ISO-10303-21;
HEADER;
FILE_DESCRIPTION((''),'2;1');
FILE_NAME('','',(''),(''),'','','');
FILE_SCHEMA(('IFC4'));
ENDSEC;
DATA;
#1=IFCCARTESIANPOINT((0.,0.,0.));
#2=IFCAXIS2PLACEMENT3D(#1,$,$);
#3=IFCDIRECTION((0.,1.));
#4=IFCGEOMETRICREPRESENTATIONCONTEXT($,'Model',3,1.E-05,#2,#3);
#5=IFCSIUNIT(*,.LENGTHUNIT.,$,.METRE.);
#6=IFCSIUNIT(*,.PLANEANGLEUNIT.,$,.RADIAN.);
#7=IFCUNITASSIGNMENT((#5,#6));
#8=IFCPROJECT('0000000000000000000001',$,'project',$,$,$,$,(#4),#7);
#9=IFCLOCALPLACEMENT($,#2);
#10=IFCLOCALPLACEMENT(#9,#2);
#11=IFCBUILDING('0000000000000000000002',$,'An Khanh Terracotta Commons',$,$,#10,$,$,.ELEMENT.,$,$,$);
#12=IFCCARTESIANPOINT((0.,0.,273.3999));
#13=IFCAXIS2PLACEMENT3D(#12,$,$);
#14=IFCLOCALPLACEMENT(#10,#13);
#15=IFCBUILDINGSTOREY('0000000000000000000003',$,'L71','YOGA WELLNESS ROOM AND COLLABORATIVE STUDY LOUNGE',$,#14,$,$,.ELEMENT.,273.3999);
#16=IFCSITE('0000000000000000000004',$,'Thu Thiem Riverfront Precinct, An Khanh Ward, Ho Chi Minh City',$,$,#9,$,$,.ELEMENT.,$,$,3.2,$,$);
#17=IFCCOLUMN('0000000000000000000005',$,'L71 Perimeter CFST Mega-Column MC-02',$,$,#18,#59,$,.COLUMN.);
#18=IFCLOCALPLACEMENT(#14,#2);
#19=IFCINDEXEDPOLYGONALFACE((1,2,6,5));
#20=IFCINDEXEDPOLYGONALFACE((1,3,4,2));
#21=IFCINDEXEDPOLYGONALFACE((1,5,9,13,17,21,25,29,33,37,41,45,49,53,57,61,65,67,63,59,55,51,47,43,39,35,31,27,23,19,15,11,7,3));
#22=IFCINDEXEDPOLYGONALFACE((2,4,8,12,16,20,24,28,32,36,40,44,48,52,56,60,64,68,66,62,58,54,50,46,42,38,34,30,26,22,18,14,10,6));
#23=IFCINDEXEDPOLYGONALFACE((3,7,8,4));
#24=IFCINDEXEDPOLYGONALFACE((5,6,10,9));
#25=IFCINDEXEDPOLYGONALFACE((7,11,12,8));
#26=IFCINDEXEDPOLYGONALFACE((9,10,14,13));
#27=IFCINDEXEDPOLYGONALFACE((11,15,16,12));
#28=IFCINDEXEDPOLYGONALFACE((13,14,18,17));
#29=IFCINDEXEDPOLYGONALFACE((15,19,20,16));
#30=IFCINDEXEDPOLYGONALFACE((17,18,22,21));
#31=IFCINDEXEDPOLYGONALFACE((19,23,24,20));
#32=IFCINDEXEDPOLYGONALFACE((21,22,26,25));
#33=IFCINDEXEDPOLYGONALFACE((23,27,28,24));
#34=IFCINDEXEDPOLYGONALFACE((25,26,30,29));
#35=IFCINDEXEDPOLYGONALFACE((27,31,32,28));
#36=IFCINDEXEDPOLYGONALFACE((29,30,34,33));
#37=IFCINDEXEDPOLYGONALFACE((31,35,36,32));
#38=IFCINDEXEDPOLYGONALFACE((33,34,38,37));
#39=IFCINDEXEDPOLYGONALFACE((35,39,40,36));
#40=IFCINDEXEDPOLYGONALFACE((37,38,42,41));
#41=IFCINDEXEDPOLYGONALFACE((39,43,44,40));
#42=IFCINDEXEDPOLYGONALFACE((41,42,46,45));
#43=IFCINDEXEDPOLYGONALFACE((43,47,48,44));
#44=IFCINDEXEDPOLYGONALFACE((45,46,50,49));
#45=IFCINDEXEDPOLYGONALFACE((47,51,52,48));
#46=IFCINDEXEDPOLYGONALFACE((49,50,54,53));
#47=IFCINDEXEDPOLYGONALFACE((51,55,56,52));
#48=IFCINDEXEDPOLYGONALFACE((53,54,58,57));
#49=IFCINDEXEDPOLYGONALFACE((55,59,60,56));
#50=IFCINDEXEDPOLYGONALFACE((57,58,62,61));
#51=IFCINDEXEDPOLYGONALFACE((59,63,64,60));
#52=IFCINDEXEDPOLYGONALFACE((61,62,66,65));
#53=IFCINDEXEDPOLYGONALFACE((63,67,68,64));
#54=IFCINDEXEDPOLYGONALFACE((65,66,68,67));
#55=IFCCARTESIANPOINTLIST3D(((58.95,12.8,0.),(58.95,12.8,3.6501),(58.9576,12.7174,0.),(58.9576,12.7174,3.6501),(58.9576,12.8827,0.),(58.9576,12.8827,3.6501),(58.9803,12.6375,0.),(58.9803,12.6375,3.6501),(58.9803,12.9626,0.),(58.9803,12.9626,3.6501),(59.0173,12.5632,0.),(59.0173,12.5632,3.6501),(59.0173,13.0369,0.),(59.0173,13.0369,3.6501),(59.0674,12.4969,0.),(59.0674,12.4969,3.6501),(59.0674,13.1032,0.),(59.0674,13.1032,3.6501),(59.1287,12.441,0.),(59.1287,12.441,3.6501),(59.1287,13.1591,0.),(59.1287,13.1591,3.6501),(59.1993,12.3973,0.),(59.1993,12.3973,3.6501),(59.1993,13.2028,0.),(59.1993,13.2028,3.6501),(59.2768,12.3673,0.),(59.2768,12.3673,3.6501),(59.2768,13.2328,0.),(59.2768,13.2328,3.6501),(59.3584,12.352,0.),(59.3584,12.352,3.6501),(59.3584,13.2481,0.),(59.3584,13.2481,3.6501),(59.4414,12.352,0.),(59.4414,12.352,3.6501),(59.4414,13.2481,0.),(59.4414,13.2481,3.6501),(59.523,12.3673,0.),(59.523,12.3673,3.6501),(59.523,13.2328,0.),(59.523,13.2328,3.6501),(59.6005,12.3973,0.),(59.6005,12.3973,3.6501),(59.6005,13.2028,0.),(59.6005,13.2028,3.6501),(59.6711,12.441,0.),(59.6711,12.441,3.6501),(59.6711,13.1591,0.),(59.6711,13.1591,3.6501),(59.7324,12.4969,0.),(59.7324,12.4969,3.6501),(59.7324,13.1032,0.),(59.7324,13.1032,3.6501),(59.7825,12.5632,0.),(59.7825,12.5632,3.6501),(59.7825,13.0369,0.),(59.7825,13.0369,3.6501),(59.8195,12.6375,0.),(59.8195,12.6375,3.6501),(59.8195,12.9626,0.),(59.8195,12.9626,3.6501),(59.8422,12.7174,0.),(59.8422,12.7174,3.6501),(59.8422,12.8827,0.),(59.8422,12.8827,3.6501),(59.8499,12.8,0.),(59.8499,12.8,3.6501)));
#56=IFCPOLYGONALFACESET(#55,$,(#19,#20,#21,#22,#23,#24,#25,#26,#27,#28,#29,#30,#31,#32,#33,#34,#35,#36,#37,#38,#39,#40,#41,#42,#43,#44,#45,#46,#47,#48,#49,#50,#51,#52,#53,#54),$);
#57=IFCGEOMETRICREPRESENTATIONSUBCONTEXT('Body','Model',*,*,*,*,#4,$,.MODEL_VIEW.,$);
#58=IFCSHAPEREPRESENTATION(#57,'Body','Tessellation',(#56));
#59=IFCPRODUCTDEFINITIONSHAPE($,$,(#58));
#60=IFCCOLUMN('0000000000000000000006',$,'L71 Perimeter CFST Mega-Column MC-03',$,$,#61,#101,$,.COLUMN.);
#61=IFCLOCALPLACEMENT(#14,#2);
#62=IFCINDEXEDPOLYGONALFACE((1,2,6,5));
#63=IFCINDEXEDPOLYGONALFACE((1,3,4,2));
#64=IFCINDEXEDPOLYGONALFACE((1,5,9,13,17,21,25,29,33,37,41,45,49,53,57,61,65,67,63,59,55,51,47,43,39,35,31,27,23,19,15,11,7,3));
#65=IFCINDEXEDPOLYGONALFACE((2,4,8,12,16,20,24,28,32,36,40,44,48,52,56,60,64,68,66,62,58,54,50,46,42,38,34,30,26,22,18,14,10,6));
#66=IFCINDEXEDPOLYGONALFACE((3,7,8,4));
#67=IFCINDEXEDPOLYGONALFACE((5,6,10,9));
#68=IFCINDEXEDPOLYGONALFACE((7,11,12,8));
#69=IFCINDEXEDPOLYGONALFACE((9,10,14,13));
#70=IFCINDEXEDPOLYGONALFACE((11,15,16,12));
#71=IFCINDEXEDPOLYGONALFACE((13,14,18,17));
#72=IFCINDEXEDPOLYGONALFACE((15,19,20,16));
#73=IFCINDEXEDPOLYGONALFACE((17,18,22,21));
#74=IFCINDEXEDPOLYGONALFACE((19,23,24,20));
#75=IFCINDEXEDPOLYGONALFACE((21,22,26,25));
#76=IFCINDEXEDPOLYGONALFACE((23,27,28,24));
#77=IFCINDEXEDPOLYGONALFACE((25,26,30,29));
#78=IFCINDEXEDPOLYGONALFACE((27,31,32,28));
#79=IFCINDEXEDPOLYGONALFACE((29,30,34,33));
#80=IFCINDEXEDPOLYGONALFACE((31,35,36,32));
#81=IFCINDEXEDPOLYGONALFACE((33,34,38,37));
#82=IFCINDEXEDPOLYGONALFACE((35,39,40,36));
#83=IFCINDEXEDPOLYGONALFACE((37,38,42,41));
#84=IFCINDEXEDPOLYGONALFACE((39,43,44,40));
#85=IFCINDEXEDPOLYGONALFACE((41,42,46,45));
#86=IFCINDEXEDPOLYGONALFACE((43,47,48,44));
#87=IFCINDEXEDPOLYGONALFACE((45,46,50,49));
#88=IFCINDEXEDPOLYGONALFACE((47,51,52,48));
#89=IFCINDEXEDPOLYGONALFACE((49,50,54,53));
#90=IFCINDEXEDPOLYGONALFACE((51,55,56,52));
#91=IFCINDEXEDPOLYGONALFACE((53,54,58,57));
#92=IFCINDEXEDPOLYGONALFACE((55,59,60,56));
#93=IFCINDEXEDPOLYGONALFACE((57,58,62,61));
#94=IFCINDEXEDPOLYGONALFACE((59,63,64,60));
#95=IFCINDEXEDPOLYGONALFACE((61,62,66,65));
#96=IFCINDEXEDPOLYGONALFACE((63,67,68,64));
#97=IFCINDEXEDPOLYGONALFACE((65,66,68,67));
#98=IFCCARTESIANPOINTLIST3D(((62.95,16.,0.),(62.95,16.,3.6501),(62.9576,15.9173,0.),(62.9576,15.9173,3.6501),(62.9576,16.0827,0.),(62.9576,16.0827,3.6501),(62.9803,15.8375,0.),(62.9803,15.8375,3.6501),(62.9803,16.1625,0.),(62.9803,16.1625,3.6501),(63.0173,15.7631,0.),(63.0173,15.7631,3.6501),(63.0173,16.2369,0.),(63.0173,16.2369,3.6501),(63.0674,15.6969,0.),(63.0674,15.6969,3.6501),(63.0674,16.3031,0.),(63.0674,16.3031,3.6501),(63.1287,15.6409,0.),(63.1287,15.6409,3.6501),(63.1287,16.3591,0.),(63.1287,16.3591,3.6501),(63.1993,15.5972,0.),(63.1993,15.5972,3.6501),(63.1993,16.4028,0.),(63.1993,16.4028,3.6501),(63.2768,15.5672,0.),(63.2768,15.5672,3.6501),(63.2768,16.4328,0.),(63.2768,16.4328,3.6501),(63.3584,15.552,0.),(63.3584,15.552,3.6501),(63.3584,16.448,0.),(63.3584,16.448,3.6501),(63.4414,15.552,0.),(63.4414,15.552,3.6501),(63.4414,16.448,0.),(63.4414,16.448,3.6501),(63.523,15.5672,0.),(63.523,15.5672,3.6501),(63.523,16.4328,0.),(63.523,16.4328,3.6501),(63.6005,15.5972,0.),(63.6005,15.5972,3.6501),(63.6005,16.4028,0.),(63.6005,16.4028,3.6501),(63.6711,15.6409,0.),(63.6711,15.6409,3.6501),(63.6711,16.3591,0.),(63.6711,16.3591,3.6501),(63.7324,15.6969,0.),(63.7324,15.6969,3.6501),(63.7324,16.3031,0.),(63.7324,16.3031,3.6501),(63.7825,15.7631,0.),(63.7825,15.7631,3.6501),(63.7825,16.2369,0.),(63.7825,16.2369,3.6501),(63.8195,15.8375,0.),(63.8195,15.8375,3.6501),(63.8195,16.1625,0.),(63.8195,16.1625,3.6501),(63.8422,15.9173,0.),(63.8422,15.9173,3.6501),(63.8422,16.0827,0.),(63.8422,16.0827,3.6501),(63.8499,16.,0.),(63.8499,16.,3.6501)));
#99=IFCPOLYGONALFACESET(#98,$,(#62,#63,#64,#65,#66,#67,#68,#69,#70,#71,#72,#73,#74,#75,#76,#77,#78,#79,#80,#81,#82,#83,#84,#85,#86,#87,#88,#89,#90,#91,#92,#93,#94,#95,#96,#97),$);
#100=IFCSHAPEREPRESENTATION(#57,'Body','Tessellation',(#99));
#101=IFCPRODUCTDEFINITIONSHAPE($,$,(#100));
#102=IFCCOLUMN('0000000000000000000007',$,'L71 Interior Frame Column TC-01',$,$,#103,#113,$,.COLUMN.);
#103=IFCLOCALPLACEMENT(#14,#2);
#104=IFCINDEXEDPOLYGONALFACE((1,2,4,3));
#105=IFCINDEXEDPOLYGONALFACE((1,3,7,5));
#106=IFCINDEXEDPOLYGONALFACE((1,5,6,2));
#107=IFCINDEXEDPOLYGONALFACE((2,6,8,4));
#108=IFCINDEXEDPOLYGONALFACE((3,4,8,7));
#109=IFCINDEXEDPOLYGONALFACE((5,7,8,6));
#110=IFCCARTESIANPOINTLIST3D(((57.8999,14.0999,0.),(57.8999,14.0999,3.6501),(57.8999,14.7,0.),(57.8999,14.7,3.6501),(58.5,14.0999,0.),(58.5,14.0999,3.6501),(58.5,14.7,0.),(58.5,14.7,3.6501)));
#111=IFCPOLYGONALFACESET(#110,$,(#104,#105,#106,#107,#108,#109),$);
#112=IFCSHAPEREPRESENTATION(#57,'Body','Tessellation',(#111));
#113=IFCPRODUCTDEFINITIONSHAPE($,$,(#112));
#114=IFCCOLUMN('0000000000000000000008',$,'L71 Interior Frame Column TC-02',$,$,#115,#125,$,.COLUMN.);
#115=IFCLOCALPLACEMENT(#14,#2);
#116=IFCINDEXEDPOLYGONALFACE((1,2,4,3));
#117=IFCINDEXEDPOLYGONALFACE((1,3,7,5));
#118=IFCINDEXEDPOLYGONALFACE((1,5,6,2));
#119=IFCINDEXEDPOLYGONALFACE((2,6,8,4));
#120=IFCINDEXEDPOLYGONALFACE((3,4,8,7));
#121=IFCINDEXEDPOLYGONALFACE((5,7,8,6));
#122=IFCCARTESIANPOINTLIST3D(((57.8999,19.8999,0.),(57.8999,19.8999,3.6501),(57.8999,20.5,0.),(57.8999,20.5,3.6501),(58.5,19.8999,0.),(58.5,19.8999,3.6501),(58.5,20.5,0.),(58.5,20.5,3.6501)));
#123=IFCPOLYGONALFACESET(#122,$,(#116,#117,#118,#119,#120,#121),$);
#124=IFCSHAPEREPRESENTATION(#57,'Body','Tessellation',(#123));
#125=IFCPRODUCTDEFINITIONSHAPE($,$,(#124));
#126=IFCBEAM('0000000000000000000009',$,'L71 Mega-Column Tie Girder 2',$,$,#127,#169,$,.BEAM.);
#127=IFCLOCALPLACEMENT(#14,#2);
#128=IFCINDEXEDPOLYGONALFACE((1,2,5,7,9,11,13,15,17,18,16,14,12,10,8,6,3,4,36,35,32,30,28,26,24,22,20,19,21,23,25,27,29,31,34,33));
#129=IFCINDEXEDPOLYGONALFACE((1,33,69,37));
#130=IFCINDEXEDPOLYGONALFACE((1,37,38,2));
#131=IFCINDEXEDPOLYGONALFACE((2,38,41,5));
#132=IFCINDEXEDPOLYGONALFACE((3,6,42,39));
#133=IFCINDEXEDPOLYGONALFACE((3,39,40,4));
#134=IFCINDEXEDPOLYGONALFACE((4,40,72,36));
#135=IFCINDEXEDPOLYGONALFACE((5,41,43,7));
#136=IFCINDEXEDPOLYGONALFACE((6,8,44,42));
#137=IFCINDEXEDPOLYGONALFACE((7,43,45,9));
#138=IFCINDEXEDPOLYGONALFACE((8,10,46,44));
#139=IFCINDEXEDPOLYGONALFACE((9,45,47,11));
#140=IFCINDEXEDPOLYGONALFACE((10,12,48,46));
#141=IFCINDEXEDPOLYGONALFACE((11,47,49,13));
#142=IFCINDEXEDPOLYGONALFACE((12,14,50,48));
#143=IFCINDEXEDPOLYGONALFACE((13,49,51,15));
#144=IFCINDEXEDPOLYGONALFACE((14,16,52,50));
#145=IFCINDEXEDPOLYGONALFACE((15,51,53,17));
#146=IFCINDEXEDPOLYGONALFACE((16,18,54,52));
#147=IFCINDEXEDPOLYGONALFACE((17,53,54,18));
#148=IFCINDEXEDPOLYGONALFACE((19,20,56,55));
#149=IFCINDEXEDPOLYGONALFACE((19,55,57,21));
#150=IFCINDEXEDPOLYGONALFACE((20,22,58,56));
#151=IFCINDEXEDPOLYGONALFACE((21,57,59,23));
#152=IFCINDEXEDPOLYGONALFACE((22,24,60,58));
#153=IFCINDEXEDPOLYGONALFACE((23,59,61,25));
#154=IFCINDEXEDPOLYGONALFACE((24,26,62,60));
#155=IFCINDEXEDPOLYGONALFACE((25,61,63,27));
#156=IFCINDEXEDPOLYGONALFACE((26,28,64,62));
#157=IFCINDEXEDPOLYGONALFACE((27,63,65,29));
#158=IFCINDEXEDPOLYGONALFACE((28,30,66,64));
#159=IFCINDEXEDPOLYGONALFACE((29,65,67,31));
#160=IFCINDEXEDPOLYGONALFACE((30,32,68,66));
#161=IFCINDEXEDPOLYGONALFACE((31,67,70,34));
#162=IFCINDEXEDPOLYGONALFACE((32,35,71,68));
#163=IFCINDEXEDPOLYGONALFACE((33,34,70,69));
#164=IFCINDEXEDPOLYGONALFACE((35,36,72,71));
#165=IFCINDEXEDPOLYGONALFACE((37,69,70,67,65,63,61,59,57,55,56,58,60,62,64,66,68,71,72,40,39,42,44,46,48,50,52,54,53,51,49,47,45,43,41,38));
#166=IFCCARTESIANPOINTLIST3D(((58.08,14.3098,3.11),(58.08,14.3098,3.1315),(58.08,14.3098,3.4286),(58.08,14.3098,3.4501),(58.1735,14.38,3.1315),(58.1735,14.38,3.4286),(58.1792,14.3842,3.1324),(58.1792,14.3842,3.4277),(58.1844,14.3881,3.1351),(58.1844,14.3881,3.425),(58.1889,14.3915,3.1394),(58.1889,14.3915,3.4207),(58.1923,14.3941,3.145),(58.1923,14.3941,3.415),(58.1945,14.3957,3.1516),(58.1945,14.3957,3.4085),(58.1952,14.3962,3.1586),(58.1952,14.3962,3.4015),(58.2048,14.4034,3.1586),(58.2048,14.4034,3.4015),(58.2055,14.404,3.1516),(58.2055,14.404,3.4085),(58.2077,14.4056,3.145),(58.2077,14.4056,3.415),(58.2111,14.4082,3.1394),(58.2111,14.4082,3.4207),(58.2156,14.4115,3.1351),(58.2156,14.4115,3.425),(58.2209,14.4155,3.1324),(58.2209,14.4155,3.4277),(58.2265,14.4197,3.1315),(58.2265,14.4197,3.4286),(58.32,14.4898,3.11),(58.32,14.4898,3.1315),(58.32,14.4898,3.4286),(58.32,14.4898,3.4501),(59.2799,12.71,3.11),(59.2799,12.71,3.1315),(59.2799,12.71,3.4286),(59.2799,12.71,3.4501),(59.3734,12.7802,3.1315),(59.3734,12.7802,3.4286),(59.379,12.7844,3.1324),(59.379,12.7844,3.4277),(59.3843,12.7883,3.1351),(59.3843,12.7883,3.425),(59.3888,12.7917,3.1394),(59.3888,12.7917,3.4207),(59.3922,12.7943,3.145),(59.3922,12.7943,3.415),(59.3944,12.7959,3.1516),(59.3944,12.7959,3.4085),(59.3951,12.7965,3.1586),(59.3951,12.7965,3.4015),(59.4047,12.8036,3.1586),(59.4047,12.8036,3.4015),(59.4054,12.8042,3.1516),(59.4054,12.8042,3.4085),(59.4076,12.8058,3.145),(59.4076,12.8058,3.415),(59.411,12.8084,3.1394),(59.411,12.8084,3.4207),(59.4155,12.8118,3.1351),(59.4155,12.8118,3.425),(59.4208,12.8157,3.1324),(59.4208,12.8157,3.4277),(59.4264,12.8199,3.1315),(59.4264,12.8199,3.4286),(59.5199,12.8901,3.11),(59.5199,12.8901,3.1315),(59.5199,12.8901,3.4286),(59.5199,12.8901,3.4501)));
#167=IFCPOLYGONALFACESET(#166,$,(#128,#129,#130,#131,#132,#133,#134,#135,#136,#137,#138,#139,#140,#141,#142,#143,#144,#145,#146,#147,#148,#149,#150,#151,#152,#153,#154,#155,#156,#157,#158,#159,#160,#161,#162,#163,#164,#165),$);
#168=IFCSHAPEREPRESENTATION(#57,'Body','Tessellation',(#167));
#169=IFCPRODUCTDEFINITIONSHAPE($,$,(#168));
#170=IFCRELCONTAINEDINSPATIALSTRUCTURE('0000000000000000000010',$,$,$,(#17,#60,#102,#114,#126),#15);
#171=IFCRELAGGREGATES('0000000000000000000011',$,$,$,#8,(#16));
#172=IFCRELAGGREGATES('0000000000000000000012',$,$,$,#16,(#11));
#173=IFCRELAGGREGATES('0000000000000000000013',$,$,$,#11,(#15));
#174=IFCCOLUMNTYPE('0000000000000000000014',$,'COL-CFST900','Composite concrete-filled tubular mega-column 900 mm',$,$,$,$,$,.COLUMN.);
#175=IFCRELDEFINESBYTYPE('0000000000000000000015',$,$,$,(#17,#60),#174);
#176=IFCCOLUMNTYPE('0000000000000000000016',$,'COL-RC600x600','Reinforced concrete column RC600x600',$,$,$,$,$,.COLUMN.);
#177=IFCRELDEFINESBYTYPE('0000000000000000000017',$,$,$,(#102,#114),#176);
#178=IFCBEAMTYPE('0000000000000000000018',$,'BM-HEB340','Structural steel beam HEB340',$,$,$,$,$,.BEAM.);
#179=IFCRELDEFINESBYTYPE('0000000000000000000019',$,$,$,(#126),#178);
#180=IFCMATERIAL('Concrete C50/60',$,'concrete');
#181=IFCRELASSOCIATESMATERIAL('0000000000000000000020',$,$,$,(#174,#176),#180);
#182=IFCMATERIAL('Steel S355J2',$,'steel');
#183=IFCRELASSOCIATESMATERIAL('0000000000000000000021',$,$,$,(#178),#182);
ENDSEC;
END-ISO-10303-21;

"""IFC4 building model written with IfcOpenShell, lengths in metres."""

from ifc_helpers import new_model, si_unit, direction, frame, origin, origin_2d, place, context, subcontext, project, spatial, rectangle, circle, i_section, extrude, material, material_profile, profile_set, type_object, element, save


model = new_model("IFC4")

# Units and contexts
model_context = context("Model", 3, precision=1e-05, world=origin(), true_north=direction((0.0, 1.0)))
body_context = subcontext(model_context, "Body", "Model", "MODEL_VIEW")
ifc_project = project(units=[si_unit("LENGTHUNIT", "METRE"), si_unit("PLANEANGLEUNIT", "RADIAN")], contexts=[model_context])

# Site, building, storey
site_placement = place(None, origin())
site = spatial("IfcSite", under=ifc_project, at=site_placement, Name="Thu Thiem Riverfront Precinct, An Khanh Ward, Ho Chi Minh City", CompositionType="ELEMENT", RefElevation=3.2)
building_placement = place(site_placement, origin())
building = spatial("IfcBuilding", under=site, at=building_placement, Name="An Khanh Terracotta Commons", CompositionType="ELEMENT")
storey_placement = place(building_placement, frame((0.0, 0.0, 273.3999)))
storey = spatial("IfcBuildingStorey", under=building, at=storey_placement, Name="L71", Description="YOGA WELLNESS ROOM AND COLLABORATIVE STUDY LOUNGE", CompositionType="ELEMENT", Elevation=273.3999)

# Columns
ifc_material_1 = material(Name="Concrete C50/60", Category="concrete")
ifc_material_profile_1 = material_profile(ifc_material_1, circle(Radius=0.45, at=origin_2d()), Name="CFST900")
ifc_profile_set_1 = profile_set([ifc_material_profile_1], Name="Concrete C50/60")
column_type_1 = type_object("IfcColumnType", Name="COL-CFST900", Description="Composite concrete-filled tubular mega-column 900 mm", PredefinedType="COLUMN", material=ifc_profile_set_1)
for number, where, z_axis, x_axis, name in (
    (1, (59.3999, 12.8, 0.0), (0.0, 0.0, 1.0), (1.0, 0.0, 0.0), "L71 Perimeter CFST Mega-Column MC-02"),
    (2, (63.3999, 16.0, 0.0), (0.0, 0.0, 1.0), (1.0, 0.0, 0.0), "L71 Perimeter CFST Mega-Column MC-03"),
):
    element("IfcColumn", number, at=place(storey_placement, frame(where, z_axis=z_axis, x_axis=x_axis)), inside=storey, type_object=column_type_1, Name=name, PredefinedType="COLUMN", context=body_context, shape_type="SweptSolid", body=[
        extrude(circle(Radius=0.45, at=origin_2d()), origin(), (0.0, 0.0, 1.0), 3.6501),
    ])
ifc_material_profile_2 = material_profile(ifc_material_1, rectangle(XDim=0.6001, YDim=0.6001, at=origin_2d()), Name="RC600x600")
ifc_profile_set_2 = profile_set([ifc_material_profile_2], Name="Concrete C50/60")
column_type_2 = type_object("IfcColumnType", Name="COL-RC600x600", Description="Reinforced concrete column RC600x600", PredefinedType="COLUMN", material=ifc_profile_set_2)
for number, where, z_axis, x_axis, name in (
    (3, (58.2, 14.3999, 0.0), (0.0, 0.0, 1.0), (1.0, 0.0, 0.0), "L71 Interior Frame Column TC-01"),
    (4, (58.2, 20.2, 0.0), (0.0, 0.0, 1.0), (1.0, 0.0, 0.0), "L71 Interior Frame Column TC-02"),
):
    element("IfcColumn", number, at=place(storey_placement, frame(where, z_axis=z_axis, x_axis=x_axis)), inside=storey, type_object=column_type_2, Name=name, PredefinedType="COLUMN", context=body_context, shape_type="SweptSolid", body=[
        extrude(rectangle(XDim=0.6001, YDim=0.6001, at=origin_2d()), origin(), (0.0, 0.0, 1.0), 3.6501),
    ])

# Beam
ifc_material_2 = material(Name="Steel S355J2", Category="steel")
ifc_material_profile_3 = material_profile(ifc_material_2, i_section(OverallWidth=0.3, OverallDepth=0.3401, WebThickness=0.012, FlangeThickness=0.0215, FilletRadius=0.0271, at=origin_2d()), Name="HEB340")
ifc_profile_set_3 = profile_set([ifc_material_profile_3], Name="Steel S355J2")
beam_type_1 = type_object("IfcBeamType", Name="BM-HEB340", Description="Structural steel beam HEB340", PredefinedType="BEAM", material=ifc_profile_set_3)
beam_1_placement = place(storey_placement, frame((59.3999, 12.8, 3.28), z_axis=(-0.60002, 0.799985, 0.0), x_axis=(-0.799985, -0.60002, 0.0)))
element("IfcBeam", 5, at=beam_1_placement, inside=storey, type_object=beam_type_1, Name="L71 Mega-Column Tie Girder 2", PredefinedType="BEAM", context=body_context, shape_type="SweptSolid", body=[
    extrude(i_section(OverallWidth=0.3, OverallDepth=0.3401, WebThickness=0.012, FlangeThickness=0.0215, FilletRadius=0.0271, at=origin_2d()), origin(), (0.0, 0.0, 1.0), 1.9998),
])

save(model, "model.ifc")
